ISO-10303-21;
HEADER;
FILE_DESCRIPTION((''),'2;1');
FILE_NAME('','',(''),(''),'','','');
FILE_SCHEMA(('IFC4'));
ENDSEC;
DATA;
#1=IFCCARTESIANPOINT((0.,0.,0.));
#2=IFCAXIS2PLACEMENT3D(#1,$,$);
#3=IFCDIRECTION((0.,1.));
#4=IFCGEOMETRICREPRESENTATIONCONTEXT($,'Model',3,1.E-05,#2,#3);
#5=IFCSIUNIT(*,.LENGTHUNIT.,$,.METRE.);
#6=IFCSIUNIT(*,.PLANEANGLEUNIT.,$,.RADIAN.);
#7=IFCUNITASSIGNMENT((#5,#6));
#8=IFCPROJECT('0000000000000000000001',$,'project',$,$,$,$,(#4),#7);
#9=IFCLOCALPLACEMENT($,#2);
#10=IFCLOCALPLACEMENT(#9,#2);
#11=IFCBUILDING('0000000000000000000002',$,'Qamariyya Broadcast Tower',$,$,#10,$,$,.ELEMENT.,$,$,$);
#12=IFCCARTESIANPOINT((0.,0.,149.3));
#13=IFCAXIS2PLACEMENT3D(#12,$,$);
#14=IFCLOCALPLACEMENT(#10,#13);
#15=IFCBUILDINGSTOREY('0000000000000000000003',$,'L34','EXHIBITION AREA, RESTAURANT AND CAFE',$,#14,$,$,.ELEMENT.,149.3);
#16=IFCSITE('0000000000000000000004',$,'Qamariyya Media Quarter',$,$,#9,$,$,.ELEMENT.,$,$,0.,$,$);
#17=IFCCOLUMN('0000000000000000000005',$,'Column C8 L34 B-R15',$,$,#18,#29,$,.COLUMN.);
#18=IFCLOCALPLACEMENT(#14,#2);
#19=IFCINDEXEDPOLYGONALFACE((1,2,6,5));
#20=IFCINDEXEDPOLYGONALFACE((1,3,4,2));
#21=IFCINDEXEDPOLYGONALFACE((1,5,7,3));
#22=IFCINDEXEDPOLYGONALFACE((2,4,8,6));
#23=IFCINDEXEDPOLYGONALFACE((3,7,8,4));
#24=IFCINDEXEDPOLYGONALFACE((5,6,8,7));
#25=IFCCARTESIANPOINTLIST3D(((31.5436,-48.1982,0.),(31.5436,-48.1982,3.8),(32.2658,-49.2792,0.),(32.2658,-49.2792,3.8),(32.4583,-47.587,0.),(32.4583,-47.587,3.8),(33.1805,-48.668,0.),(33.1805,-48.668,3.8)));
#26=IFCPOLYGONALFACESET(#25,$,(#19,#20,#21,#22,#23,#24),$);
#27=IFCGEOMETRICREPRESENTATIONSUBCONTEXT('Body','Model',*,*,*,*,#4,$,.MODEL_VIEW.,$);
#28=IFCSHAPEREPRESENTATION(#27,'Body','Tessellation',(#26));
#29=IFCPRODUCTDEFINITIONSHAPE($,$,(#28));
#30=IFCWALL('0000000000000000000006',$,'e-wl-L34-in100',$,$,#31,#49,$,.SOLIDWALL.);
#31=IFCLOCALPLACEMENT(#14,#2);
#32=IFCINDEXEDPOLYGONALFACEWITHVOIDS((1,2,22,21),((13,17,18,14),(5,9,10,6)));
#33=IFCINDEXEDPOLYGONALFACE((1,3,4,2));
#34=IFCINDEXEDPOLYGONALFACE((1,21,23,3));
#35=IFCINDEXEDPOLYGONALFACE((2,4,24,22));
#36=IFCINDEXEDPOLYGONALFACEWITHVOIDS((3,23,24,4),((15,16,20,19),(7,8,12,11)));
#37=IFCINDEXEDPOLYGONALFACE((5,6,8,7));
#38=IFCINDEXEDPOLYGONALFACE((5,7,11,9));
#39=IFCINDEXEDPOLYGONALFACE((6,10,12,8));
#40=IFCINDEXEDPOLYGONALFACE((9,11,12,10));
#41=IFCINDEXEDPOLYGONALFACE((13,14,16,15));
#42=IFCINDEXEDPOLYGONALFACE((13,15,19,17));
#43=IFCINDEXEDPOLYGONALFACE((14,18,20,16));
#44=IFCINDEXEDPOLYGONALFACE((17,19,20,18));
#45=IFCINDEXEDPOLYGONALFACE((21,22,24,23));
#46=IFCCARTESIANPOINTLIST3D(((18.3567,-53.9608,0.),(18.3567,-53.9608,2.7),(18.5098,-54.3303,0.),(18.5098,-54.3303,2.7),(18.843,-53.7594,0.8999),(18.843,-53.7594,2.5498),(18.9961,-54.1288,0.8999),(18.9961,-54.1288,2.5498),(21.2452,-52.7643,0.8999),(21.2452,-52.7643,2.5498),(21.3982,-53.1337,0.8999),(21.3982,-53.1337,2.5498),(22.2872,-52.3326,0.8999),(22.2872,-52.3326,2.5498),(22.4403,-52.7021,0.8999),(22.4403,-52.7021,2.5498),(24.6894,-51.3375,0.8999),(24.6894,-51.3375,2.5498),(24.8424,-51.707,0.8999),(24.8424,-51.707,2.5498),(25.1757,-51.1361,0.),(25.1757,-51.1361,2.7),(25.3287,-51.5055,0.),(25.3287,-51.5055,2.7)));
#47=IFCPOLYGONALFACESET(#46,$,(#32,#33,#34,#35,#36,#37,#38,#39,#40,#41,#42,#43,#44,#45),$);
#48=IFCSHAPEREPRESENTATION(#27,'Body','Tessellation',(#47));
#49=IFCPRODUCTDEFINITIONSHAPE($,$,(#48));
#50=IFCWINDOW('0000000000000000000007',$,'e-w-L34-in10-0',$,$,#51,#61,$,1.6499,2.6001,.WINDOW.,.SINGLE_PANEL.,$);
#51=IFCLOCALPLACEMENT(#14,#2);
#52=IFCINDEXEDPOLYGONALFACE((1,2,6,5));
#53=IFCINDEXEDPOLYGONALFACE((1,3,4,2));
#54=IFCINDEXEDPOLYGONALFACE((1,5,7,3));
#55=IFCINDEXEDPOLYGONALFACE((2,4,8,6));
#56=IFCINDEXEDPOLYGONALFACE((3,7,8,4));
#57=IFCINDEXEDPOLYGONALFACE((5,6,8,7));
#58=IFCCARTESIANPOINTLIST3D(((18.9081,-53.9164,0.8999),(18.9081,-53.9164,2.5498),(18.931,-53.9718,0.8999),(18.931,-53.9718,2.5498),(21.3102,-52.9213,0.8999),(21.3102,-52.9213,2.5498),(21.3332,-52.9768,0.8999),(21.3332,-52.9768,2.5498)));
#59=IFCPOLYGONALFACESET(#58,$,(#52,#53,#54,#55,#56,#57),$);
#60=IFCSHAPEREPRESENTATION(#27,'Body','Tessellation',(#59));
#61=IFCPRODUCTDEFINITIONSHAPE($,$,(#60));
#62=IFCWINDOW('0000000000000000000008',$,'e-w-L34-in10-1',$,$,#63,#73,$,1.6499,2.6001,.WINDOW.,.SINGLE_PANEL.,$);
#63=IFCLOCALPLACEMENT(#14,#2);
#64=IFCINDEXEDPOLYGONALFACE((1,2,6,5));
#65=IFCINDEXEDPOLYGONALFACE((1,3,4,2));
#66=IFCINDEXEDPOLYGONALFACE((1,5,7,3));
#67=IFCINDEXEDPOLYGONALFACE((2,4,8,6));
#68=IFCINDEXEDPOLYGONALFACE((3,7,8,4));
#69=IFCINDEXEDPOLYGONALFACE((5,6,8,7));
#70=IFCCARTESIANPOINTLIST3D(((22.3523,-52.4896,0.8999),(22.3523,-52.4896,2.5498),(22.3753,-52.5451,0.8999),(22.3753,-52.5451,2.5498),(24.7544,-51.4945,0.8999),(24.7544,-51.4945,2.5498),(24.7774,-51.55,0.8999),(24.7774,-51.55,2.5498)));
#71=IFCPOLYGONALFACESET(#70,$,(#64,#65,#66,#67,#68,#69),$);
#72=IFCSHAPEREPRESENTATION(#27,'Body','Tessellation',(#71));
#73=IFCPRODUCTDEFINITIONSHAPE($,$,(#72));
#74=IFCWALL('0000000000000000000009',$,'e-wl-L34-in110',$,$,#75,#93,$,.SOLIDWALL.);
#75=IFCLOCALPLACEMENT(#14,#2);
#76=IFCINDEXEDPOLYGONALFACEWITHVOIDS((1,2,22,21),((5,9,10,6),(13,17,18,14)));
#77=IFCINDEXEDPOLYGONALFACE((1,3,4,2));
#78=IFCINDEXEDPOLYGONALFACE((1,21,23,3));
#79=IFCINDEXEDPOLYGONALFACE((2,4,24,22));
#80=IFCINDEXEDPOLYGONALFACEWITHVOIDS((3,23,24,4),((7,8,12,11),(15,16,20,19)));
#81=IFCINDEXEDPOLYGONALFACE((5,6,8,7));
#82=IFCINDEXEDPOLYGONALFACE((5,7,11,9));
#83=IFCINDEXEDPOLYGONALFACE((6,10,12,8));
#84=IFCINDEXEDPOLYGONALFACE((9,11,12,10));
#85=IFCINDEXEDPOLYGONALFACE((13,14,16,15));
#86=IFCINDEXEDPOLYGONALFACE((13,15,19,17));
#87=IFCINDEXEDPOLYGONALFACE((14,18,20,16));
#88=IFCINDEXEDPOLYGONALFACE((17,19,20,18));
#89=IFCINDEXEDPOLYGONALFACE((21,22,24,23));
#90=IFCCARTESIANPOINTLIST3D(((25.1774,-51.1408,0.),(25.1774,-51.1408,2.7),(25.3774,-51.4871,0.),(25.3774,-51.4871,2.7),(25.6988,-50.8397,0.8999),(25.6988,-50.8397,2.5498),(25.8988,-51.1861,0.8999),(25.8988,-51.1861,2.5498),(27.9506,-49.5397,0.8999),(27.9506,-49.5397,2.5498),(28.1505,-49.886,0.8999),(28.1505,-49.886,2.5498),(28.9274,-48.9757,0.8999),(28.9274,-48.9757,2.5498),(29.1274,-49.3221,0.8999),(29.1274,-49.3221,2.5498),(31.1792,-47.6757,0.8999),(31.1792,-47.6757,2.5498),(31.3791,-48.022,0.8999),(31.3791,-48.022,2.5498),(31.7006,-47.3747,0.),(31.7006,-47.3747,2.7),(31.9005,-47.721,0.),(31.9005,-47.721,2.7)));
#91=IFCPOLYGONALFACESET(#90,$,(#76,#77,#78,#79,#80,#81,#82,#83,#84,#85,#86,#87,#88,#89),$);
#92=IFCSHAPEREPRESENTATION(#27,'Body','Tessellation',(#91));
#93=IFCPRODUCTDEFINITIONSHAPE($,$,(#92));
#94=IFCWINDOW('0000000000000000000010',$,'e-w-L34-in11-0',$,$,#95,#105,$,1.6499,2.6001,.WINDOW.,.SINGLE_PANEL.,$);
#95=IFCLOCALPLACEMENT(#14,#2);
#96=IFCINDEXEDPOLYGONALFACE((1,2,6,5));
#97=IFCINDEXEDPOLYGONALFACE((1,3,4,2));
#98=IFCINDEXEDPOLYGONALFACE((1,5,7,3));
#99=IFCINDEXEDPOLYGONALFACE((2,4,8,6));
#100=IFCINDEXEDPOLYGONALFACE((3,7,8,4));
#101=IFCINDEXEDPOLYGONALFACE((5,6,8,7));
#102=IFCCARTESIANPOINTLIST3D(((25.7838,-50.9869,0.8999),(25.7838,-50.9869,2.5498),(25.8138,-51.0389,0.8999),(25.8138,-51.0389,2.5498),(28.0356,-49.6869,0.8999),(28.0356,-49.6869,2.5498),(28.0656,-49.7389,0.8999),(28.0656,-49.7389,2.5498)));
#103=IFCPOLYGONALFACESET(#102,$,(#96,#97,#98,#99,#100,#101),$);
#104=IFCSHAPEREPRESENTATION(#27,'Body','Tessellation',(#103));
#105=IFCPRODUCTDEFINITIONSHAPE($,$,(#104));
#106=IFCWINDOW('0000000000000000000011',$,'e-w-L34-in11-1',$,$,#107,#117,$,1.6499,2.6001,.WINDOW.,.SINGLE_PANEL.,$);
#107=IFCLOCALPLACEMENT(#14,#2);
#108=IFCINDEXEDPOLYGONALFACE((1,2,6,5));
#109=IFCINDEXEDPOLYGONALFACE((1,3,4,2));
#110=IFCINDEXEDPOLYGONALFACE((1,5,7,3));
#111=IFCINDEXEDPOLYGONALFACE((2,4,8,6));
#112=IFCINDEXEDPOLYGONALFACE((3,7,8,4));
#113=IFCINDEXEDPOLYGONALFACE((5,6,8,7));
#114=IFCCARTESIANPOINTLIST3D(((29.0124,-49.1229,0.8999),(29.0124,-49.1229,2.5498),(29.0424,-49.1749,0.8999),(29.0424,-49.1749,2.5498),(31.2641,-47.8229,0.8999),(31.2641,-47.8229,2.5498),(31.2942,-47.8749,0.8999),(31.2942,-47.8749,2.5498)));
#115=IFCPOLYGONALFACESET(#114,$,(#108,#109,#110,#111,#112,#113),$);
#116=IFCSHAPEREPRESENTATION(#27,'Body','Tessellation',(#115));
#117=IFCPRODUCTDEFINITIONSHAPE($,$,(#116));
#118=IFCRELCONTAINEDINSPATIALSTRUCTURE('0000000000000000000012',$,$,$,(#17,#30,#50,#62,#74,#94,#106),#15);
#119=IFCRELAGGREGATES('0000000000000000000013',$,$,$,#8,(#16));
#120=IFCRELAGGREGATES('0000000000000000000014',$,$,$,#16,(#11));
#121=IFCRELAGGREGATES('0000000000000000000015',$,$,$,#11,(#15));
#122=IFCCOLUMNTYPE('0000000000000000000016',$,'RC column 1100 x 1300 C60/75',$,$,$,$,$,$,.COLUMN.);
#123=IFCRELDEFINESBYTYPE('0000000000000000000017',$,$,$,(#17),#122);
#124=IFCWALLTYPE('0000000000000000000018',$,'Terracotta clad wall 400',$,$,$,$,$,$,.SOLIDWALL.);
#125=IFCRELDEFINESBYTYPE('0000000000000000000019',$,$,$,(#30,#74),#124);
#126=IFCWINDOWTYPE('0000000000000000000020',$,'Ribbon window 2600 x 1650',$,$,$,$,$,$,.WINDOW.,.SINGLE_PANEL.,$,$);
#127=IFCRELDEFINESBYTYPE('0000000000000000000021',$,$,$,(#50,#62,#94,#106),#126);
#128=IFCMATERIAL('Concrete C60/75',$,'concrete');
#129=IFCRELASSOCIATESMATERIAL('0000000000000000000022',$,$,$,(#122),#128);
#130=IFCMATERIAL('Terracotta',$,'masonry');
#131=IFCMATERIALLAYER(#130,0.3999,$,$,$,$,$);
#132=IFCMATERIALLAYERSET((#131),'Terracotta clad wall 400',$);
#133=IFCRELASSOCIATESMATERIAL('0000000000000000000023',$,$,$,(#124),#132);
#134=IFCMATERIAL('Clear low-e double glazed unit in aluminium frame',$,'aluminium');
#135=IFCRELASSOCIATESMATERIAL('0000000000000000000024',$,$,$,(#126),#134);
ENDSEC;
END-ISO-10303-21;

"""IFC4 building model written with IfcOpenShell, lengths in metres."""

from ifc_helpers import new_model, si_unit, direction, frame, frame_2d, origin, origin_2d, place, context, subcontext, project, spatial, rectangle, extrude, material, layer, layer_set, material_profile, profile_set, type_object, element, fill, save


model = new_model("IFC4")

# Units and contexts
model_context = context("Model", 3, precision=1e-05, world=origin(), true_north=direction((0.0, 1.0)))
body_context = subcontext(model_context, "Body", "Model", "MODEL_VIEW")
ifc_project = project(units=[si_unit("LENGTHUNIT", "METRE"), si_unit("PLANEANGLEUNIT", "RADIAN")], contexts=[model_context])

# Site, building, storey
site_placement = place(None, origin())
site = spatial("IfcSite", under=ifc_project, at=site_placement, Name="Qamariyya Media Quarter", CompositionType="ELEMENT", RefElevation=0.0)
building_placement = place(site_placement, origin())
building = spatial("IfcBuilding", under=site, at=building_placement, Name="Qamariyya Broadcast Tower", CompositionType="ELEMENT")
storey_placement = place(building_placement, frame((0.0, 0.0, 149.3)))
storey = spatial("IfcBuildingStorey", under=building, at=storey_placement, Name="L34", Description="EXHIBITION AREA, RESTAURANT AND CAFE", CompositionType="ELEMENT", Elevation=149.3)

# Column
ifc_material_1 = material(Name="Concrete C60/75", Category="concrete")
ifc_material_profile = material_profile(ifc_material_1, rectangle(XDim=1.1001, YDim=1.3, at=origin_2d()))
ifc_profile_set = profile_set([ifc_material_profile], Name="Concrete C60/75")
column_type = type_object("IfcColumnType", Name="RC column 1100 x 1300 C60/75", PredefinedType="COLUMN", material=ifc_profile_set)
column_placement = place(storey_placement, frame((32.3621, -48.4331, 0.0), z_axis=(0.0, 0.0, 1.0), x_axis=(0.83147, 0.55557, 0.0)))
element("IfcColumn", 1, at=column_placement, inside=storey, type_object=column_type, Name="Column C8 L34 B-R15", PredefinedType="COLUMN", context=body_context, shape_type="SweptSolid", body=[
    extrude(rectangle(XDim=1.1001, YDim=1.3, at=origin_2d()), origin(), (0.0, 0.0, 1.0), 3.8),
])

# Walls, openings, windows
ifc_material_2 = material(Name="Terracotta", Category="masonry")
ifc_layer = layer(ifc_material_2, 0.3999)
ifc_layer_set = layer_set([ifc_layer], Name="Terracotta clad wall 400")
wall_type = type_object("IfcWallType", Name="Terracotta clad wall 400", PredefinedType="SOLIDWALL", material=ifc_layer_set)
wall_1_placement = place(storey_placement, frame((25.2522, -51.3208, 0.0), z_axis=(0.0, 0.0, 1.0), x_axis=(-0.923868, -0.382712, 0.0)))
wall_1 = element("IfcWall", 2, at=wall_1_placement, inside=storey, type_object=wall_type, Name="e-wl-L34-in100", PredefinedType="SOLIDWALL", context=body_context, shape_type="SweptSolid", body=[
    extrude(rectangle(XDim=7.3809, YDim=0.3999, at=frame_2d((3.6904, 0.0))), origin(), (0.0, 0.0, 1.0), 2.7),
])
opening_1_placement = place(wall_1_placement, frame((4.2544, 0.0, 0.8999)))
opening_1 = element("IfcOpeningElement", 3, at=opening_1_placement, cuts=wall_1, PredefinedType="OPENING", context=body_context, shape_type="SweptSolid", body=[
    extrude(rectangle(XDim=2.6001, YDim=1.6499, at=frame_2d((1.3, 0.825))), frame((0.0, 0.21, 0.0), z_axis=(0.0, -1.0, 0.0), x_axis=(1.0, 0.0, 0.0)), (0.0, 0.0, 1.0), 0.4199),
])
opening_2_placement = place(wall_1_placement, frame((0.5264, 0.0, 0.8999)))
opening_2 = element("IfcOpeningElement", 4, at=opening_2_placement, cuts=wall_1, PredefinedType="OPENING", context=body_context, shape_type="SweptSolid", body=[
    extrude(rectangle(XDim=2.6001, YDim=1.6499, at=frame_2d((1.3, 0.825))), frame((0.0, 0.21, 0.0), z_axis=(0.0, -1.0, 0.0), x_axis=(1.0, 0.0, 0.0)), (0.0, 0.0, 1.0), 0.4199),
])
ifc_material_3 = material(Name="Clear low-e double glazed unit in aluminium frame", Category="aluminium")
window_type = type_object("IfcWindowType", Name="Ribbon window 2600 x 1650", PartitioningType="SINGLE_PANEL", PredefinedType="WINDOW", material=ifc_material_3)
window_1_placement = place(opening_1_placement, origin())
window_1 = element("IfcWindow", 5, at=window_1_placement, inside=storey, type_object=window_type, Name="e-w-L34-in10-0", OverallHeight=1.6499, OverallWidth=2.6001, PartitioningType="SINGLE_PANEL", PredefinedType="WINDOW", context=body_context, shape_type="SweptSolid", body=[
    extrude(rectangle(XDim=2.6001, YDim=1.6499, at=frame_2d((1.3, 0.825))), frame((0.0, 0.03, 0.0), z_axis=(0.0, -1.0, 0.0), x_axis=(1.0, 0.0, 0.0)), (0.0, 0.0, 1.0), 0.0601),
])
fill(opening_1, window_1)
window_2_placement = place(opening_2_placement, origin())
window_2 = element("IfcWindow", 6, at=window_2_placement, inside=storey, type_object=window_type, Name="e-w-L34-in10-1", OverallHeight=1.6499, OverallWidth=2.6001, PartitioningType="SINGLE_PANEL", PredefinedType="WINDOW", context=body_context, shape_type="SweptSolid", body=[
    extrude(rectangle(XDim=2.6001, YDim=1.6499, at=frame_2d((1.3, 0.825))), frame((0.0, 0.03, 0.0), z_axis=(0.0, -1.0, 0.0), x_axis=(1.0, 0.0, 0.0)), (0.0, 0.0, 1.0), 0.0601),
])
fill(opening_2, window_2)
wall_2_placement = place(storey_placement, frame((31.8005, -47.5479, 0.0), z_axis=(0.0, 0.0, 1.0), x_axis=(-0.866029, -0.499995, 0.0)))
wall_2 = element("IfcWall", 7, at=wall_2_placement, inside=storey, type_object=wall_type, Name="e-wl-L34-in110", PredefinedType="SOLIDWALL", context=body_context, shape_type="SweptSolid", body=[
    extrude(rectangle(XDim=7.5322, YDim=0.3999, at=frame_2d((3.7661, 0.0))), origin(), (0.0, 0.0, 1.0), 2.7),
])
opening_3_placement = place(wall_2_placement, frame((4.3301, 0.0, 0.8999)))
opening_3 = element("IfcOpeningElement", 8, at=opening_3_placement, cuts=wall_2, PredefinedType="OPENING", context=body_context, shape_type="SweptSolid", body=[
    extrude(rectangle(XDim=2.6001, YDim=1.6499, at=frame_2d((1.3, 0.825))), frame((0.0, 0.21, 0.0), z_axis=(0.0, -1.0, 0.0), x_axis=(1.0, 0.0, 0.0)), (0.0, 0.0, 1.0), 0.4199),
])
opening_4_placement = place(wall_2_placement, frame((0.6021, 0.0, 0.8999)))
opening_4 = element("IfcOpeningElement", 9, at=opening_4_placement, cuts=wall_2, PredefinedType="OPENING", context=body_context, shape_type="SweptSolid", body=[
    extrude(rectangle(XDim=2.6001, YDim=1.6499, at=frame_2d((1.3, 0.825))), frame((0.0, 0.21, 0.0), z_axis=(0.0, -1.0, 0.0), x_axis=(1.0, 0.0, 0.0)), (0.0, 0.0, 1.0), 0.4199),
])
window_3_placement = place(opening_3_placement, origin())
window_3 = element("IfcWindow", 10, at=window_3_placement, inside=storey, type_object=window_type, Name="e-w-L34-in11-0", OverallHeight=1.6499, OverallWidth=2.6001, PartitioningType="SINGLE_PANEL", PredefinedType="WINDOW", context=body_context, shape_type="SweptSolid", body=[
    extrude(rectangle(XDim=2.6001, YDim=1.6499, at=frame_2d((1.3, 0.825))), frame((0.0, 0.03, 0.0), z_axis=(0.0, -1.0, 0.0), x_axis=(1.0, 0.0, 0.0)), (0.0, 0.0, 1.0), 0.0601),
])
fill(opening_3, window_3)
window_4_placement = place(opening_4_placement, origin())
window_4 = element("IfcWindow", 11, at=window_4_placement, inside=storey, type_object=window_type, Name="e-w-L34-in11-1", OverallHeight=1.6499, OverallWidth=2.6001, PartitioningType="SINGLE_PANEL", PredefinedType="WINDOW", context=body_context, shape_type="SweptSolid", body=[
    extrude(rectangle(XDim=2.6001, YDim=1.6499, at=frame_2d((1.3, 0.825))), frame((0.0, 0.03, 0.0), z_axis=(0.0, -1.0, 0.0), x_axis=(1.0, 0.0, 0.0)), (0.0, 0.0, 1.0), 0.0601),
])
fill(opening_4, window_4)

save(model, "model.ifc")
